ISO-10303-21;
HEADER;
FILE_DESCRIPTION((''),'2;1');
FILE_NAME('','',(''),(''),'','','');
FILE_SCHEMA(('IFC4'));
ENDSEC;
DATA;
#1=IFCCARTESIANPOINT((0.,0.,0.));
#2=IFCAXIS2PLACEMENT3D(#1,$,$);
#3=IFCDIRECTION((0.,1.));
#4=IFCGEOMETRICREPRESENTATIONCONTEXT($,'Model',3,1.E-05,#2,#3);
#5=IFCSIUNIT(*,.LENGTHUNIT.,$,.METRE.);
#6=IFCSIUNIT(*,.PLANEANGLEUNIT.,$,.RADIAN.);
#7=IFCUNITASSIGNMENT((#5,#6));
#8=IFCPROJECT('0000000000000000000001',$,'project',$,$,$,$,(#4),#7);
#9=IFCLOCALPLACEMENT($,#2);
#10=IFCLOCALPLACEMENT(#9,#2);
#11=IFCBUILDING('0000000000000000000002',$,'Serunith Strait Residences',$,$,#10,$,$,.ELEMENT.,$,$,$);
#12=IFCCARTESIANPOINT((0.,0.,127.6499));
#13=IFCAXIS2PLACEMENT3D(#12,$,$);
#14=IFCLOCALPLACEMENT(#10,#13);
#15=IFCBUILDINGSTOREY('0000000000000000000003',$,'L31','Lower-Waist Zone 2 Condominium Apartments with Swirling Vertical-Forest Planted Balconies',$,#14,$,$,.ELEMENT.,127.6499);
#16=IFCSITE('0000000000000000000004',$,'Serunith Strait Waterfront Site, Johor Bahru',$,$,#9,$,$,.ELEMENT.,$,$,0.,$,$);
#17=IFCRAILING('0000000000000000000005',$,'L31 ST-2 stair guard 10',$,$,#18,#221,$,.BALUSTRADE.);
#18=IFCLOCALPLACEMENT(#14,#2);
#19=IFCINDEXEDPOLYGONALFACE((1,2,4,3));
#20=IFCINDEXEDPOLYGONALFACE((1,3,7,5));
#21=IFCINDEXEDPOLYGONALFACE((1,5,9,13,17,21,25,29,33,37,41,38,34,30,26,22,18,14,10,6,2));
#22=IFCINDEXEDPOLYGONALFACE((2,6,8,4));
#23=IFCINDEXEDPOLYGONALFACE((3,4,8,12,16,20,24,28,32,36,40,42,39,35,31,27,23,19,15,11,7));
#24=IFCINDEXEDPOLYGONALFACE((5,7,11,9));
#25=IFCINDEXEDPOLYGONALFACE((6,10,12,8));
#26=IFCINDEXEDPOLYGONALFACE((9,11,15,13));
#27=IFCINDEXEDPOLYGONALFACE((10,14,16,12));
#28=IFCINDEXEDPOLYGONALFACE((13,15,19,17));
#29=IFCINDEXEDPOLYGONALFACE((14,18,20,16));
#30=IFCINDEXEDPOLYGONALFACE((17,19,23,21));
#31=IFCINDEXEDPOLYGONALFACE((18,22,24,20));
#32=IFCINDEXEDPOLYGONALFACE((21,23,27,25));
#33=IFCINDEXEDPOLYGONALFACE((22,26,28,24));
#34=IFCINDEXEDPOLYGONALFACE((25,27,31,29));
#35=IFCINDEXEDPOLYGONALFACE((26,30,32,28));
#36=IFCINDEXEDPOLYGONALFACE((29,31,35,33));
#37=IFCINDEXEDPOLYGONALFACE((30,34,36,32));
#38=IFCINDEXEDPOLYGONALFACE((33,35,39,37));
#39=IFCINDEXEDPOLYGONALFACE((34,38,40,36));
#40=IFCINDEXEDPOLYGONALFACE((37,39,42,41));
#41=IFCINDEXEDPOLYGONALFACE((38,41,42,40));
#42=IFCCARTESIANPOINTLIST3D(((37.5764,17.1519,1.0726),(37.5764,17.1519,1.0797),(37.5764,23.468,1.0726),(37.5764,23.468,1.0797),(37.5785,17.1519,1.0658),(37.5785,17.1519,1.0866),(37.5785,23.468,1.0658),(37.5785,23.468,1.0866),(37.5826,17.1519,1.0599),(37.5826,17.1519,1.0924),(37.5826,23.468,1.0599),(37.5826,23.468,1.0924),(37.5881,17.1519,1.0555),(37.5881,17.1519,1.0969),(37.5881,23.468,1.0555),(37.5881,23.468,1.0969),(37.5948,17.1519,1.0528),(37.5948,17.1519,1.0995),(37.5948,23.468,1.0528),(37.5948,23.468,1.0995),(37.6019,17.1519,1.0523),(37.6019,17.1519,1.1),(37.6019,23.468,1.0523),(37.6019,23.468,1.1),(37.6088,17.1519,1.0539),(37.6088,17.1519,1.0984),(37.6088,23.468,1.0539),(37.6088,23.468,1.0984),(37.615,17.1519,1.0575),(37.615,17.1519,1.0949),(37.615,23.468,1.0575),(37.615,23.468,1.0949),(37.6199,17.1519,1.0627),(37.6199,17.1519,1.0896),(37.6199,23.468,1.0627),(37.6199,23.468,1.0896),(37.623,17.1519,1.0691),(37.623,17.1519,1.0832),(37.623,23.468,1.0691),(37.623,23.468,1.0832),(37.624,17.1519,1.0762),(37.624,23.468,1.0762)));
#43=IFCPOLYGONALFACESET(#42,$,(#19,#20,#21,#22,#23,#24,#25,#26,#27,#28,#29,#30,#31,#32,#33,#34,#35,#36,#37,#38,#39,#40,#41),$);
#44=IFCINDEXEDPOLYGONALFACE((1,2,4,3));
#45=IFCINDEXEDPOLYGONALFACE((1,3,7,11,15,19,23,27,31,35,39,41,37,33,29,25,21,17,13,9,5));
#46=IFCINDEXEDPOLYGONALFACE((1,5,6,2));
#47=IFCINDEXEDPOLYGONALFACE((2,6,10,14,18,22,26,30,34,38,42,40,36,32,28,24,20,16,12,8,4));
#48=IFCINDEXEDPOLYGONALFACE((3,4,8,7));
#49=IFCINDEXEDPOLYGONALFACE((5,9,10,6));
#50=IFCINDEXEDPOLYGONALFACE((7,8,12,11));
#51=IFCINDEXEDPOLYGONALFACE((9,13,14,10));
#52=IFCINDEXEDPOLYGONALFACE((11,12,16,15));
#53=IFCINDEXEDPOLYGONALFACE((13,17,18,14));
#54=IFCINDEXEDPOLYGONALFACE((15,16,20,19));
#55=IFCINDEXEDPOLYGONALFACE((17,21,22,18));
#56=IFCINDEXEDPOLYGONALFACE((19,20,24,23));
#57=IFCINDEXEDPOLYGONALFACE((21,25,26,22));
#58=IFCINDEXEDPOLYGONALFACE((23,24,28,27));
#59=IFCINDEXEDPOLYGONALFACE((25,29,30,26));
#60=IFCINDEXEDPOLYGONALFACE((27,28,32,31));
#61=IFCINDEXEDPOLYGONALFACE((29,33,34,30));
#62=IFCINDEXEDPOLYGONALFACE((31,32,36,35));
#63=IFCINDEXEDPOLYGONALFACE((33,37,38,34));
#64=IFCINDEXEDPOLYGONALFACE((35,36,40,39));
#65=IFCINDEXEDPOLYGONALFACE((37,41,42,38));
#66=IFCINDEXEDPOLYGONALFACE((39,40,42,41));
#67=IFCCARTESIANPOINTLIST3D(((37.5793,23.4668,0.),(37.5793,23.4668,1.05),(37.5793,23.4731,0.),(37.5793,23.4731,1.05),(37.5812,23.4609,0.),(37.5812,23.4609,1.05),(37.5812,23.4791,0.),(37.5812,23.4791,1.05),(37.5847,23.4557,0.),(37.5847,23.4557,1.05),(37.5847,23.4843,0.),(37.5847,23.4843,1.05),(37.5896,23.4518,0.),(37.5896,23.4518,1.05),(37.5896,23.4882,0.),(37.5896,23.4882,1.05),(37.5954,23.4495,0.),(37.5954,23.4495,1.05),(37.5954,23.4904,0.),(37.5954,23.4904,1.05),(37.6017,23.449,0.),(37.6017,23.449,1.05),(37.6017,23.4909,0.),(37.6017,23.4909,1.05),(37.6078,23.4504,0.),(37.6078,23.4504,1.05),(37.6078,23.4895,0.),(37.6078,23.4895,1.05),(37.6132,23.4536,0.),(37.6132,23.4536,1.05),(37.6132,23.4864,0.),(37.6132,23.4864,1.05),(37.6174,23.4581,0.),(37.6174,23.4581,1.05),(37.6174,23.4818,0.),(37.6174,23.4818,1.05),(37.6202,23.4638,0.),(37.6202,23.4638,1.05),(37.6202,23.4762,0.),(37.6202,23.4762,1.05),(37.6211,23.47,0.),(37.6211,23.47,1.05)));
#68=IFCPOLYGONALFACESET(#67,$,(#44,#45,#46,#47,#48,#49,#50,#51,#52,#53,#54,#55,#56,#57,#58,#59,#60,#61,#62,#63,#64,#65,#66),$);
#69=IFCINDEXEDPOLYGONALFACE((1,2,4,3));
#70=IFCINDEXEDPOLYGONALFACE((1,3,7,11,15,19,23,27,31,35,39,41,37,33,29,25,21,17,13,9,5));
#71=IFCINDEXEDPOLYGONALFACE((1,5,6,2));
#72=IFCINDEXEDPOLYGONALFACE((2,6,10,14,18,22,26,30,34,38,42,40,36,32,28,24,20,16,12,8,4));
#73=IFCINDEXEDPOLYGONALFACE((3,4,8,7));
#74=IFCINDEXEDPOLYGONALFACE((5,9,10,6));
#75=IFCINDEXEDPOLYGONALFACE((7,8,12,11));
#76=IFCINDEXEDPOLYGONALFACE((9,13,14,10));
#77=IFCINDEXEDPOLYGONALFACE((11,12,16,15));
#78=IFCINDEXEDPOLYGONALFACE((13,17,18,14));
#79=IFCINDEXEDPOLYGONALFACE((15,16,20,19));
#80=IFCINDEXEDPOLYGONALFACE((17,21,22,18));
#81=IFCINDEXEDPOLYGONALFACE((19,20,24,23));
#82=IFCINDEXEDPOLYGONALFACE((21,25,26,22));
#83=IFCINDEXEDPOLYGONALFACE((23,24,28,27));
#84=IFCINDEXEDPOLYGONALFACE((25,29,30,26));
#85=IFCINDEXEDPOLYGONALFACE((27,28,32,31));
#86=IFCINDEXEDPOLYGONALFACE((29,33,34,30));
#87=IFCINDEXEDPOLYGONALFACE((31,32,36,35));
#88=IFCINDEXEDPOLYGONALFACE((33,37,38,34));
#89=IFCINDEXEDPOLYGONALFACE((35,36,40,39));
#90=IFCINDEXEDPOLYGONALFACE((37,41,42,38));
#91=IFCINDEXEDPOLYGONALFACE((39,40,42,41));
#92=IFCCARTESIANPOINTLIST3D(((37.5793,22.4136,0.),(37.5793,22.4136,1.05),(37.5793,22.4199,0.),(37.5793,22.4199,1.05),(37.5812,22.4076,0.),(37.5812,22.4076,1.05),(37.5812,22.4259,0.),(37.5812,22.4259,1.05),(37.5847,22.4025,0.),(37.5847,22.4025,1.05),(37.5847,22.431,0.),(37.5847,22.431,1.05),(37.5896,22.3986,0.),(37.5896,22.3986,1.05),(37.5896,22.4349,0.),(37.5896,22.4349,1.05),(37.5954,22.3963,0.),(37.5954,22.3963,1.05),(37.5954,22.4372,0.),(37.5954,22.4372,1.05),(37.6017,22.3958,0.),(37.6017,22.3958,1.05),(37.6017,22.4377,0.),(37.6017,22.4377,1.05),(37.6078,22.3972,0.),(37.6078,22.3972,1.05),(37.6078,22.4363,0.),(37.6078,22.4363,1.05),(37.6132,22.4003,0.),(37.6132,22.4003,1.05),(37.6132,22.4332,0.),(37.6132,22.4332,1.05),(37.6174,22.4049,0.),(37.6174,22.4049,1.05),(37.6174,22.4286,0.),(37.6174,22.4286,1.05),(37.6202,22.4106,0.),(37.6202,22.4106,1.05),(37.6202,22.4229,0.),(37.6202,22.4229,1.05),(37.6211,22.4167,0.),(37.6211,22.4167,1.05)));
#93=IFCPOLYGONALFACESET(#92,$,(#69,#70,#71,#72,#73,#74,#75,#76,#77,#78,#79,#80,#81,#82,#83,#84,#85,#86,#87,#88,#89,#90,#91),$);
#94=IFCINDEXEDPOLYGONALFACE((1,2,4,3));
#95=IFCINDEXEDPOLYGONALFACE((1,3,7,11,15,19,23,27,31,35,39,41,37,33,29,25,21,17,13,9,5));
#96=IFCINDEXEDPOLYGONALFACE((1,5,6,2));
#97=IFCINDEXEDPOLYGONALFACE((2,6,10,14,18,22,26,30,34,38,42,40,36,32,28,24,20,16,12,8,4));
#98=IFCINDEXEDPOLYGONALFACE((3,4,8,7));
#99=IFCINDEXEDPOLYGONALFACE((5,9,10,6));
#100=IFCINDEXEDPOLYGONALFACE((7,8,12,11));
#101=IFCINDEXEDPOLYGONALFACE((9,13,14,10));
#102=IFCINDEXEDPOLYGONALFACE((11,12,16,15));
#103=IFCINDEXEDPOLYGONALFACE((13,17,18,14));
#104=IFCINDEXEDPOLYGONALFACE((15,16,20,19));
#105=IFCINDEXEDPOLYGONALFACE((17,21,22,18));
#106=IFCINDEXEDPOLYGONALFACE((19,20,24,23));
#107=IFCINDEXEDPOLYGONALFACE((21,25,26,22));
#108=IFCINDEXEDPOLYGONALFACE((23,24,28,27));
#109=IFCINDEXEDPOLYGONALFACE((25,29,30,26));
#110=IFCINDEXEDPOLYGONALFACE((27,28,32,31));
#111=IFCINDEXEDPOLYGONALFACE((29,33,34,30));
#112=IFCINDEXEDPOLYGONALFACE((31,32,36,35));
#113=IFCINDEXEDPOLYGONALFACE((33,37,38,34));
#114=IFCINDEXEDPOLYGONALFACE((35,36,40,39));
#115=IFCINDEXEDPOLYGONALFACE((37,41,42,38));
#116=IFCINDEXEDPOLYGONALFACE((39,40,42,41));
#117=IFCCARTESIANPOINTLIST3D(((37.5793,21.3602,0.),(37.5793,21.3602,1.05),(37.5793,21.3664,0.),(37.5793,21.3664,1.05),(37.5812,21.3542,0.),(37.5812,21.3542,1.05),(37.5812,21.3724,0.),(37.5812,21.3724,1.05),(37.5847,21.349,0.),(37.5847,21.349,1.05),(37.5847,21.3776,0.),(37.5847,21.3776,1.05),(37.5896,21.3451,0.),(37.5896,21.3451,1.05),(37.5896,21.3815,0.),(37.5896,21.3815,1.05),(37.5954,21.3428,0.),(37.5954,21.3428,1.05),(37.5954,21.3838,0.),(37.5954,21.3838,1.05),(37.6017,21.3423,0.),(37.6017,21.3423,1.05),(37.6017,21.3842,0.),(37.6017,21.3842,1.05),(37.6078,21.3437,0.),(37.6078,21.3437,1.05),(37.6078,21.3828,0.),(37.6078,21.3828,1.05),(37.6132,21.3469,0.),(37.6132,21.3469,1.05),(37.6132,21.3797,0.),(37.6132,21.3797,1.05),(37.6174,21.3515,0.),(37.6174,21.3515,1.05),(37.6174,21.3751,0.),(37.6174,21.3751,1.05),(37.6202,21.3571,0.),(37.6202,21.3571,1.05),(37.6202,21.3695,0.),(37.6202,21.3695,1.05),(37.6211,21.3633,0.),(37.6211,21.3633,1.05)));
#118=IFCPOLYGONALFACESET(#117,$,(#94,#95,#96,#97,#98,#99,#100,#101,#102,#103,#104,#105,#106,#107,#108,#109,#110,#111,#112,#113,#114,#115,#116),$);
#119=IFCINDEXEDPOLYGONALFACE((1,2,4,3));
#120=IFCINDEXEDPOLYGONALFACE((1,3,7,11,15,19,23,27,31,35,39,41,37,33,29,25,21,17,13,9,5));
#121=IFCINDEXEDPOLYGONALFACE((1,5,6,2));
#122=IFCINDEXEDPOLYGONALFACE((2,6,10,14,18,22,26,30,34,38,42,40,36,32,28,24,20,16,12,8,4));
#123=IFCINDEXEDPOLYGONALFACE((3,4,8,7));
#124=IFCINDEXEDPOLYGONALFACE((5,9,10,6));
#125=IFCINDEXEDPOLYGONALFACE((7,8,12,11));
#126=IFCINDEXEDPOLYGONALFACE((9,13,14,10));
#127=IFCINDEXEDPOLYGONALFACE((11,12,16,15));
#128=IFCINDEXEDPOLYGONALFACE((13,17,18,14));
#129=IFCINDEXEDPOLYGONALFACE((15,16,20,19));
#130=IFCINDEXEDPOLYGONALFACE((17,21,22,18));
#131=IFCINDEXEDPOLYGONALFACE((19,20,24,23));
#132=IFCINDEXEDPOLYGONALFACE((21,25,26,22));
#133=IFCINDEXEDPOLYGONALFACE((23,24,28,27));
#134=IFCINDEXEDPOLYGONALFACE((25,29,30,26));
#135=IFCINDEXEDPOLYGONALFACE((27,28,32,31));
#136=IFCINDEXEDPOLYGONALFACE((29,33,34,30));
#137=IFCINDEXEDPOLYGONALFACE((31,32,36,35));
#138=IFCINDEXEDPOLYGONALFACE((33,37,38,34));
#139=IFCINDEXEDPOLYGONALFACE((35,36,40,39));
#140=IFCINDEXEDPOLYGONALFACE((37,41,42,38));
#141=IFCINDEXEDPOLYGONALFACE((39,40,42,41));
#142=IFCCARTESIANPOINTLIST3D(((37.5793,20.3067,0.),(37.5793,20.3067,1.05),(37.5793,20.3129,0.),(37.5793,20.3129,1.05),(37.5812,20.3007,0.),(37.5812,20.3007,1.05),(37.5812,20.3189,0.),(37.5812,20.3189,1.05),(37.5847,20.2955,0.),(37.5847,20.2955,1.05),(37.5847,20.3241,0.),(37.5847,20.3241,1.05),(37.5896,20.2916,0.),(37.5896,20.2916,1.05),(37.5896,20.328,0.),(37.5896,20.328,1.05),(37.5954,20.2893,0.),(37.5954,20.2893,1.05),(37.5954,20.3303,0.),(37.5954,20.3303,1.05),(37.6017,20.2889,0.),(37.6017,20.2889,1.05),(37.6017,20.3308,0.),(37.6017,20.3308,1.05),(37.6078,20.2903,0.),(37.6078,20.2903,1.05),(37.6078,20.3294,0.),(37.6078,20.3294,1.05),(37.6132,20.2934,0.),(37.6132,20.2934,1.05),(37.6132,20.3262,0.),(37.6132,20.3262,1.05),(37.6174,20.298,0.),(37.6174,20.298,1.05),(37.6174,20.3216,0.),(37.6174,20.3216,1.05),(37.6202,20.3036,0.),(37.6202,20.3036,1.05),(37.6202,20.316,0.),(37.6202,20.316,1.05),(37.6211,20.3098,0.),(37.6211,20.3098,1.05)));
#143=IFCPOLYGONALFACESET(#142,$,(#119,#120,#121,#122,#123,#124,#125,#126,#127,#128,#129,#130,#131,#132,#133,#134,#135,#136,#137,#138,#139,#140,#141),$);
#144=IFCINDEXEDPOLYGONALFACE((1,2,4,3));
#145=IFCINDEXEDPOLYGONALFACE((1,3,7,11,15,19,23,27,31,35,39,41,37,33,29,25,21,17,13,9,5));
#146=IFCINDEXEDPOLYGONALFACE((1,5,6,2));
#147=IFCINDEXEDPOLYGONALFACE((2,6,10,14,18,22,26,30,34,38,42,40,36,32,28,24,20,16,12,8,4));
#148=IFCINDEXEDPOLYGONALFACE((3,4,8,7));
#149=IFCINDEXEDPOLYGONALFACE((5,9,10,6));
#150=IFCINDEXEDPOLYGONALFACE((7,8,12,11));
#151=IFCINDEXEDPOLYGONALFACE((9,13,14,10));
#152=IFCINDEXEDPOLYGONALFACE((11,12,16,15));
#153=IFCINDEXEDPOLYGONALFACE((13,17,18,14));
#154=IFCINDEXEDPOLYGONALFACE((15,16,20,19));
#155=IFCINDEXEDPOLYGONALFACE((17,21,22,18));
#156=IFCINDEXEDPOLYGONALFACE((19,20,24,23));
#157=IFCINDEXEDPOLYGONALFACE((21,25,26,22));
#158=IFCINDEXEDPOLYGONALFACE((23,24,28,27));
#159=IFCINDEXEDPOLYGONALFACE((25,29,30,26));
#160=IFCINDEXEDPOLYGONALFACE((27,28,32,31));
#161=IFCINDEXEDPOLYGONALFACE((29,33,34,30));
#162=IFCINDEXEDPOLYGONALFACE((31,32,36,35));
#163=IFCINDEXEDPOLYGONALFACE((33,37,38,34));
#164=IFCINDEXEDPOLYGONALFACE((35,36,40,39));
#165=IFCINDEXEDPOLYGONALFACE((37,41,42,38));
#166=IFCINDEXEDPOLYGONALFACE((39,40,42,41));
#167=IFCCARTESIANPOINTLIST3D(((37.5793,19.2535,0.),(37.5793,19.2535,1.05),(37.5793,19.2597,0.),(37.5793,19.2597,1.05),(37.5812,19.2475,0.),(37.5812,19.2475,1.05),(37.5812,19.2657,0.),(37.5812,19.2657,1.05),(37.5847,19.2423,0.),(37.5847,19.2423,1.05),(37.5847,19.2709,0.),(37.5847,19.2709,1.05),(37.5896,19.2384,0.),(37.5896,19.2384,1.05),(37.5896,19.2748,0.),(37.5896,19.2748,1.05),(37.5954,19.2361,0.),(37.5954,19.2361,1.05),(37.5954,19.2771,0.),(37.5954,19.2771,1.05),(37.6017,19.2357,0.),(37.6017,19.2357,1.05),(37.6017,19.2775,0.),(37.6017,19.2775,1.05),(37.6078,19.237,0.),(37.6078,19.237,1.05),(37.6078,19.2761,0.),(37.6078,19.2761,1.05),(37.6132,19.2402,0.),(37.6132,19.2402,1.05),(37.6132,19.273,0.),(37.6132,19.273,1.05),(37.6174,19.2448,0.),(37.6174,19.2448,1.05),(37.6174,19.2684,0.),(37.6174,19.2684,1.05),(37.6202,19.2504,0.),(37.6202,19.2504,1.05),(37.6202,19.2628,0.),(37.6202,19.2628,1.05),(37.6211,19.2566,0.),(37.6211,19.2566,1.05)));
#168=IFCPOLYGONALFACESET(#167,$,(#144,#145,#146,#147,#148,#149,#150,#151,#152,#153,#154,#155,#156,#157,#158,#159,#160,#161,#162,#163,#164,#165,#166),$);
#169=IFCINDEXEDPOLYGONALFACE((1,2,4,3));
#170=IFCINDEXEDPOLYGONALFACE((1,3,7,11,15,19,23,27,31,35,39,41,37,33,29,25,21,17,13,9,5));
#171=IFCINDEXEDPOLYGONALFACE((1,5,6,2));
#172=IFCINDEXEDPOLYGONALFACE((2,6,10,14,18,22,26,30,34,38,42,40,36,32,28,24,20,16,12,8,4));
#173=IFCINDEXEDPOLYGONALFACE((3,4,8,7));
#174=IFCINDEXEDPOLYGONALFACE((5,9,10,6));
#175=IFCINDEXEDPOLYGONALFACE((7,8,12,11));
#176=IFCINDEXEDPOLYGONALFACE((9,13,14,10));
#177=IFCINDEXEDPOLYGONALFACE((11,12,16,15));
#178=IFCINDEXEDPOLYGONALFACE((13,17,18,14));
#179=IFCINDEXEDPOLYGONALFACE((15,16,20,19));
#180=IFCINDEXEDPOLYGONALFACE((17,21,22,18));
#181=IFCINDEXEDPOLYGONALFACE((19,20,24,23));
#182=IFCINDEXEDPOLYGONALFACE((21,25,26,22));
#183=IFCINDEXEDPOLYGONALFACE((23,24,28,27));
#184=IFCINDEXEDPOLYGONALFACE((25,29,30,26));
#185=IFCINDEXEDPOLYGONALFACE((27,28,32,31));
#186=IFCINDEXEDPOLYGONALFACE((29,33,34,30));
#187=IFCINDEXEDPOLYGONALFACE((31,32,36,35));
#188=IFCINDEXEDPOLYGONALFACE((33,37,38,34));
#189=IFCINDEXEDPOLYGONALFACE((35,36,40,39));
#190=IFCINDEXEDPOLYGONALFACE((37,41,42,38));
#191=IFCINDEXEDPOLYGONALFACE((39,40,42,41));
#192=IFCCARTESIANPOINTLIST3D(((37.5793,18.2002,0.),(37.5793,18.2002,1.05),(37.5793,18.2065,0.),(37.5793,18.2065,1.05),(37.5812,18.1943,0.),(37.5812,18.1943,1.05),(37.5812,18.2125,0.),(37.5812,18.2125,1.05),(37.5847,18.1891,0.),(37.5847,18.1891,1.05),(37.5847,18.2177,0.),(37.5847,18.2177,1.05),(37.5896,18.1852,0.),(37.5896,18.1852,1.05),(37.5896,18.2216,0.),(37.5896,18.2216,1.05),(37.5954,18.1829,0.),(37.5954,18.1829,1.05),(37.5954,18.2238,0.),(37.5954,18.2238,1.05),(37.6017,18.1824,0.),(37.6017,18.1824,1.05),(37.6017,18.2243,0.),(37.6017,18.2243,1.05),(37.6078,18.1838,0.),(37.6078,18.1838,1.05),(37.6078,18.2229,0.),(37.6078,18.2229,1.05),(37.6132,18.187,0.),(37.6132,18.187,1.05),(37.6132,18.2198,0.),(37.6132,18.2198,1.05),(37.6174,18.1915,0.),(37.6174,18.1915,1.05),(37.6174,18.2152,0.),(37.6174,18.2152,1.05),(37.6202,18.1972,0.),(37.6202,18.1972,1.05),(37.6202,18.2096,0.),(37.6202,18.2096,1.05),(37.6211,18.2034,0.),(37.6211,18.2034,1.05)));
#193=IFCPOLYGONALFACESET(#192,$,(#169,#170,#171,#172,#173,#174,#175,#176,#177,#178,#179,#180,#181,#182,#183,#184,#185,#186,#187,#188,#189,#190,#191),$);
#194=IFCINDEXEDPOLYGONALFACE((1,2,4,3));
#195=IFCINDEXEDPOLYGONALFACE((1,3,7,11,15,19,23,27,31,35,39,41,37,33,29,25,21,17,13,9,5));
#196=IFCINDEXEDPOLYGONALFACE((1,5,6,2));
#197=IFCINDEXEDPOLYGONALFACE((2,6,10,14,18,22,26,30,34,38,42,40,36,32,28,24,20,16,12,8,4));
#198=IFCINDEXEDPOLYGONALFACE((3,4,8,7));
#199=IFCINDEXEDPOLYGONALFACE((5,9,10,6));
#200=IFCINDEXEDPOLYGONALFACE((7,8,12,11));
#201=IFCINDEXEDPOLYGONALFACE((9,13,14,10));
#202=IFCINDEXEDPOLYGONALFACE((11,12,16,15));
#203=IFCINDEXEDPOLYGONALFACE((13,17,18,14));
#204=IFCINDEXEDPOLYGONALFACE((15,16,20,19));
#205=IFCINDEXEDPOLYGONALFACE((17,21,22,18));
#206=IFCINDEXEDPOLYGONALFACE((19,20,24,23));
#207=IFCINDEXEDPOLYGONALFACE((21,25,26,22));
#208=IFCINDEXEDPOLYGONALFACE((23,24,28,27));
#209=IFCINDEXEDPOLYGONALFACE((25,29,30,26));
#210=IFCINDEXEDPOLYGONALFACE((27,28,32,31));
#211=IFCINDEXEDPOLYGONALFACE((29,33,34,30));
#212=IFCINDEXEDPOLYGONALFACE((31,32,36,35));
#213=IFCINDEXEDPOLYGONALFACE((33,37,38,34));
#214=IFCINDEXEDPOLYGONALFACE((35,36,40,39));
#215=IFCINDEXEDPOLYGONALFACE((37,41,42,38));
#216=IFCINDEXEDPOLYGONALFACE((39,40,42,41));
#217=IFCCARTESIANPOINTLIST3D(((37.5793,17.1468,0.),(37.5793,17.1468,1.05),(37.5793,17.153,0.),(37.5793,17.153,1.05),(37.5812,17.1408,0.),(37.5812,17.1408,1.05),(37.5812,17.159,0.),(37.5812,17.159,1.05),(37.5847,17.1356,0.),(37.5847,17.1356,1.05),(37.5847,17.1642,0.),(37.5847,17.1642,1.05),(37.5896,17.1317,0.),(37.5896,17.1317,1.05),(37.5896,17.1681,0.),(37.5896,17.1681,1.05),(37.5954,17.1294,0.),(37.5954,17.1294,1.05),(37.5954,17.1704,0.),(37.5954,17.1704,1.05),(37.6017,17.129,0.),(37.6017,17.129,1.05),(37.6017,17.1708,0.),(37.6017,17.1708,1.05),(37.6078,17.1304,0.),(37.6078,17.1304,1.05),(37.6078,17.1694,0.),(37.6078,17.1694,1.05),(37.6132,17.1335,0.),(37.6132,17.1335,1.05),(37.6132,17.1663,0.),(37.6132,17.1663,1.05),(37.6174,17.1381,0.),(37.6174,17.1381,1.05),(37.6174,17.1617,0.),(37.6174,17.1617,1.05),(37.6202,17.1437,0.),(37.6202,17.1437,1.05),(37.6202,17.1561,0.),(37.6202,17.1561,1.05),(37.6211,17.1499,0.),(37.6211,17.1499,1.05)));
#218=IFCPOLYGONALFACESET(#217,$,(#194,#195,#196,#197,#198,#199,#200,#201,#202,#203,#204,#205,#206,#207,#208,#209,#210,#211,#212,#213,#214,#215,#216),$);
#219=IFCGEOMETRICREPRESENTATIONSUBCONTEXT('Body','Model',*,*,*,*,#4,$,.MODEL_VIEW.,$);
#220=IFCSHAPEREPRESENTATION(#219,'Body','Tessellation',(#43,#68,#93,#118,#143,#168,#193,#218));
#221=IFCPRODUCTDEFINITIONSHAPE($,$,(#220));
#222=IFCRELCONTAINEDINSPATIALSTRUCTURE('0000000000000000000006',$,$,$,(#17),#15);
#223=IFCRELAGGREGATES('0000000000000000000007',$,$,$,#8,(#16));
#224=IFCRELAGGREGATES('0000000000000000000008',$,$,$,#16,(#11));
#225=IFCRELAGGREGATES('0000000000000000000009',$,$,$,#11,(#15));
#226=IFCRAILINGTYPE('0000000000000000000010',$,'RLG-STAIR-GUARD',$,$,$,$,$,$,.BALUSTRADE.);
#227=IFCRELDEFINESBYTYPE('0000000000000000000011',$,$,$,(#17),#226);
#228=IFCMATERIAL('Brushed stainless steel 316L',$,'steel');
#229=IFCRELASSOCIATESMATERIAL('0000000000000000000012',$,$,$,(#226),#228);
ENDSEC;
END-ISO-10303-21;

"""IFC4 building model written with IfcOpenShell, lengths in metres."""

from ifc_helpers import new_model, si_unit, direction, frame, origin, origin_2d, place, context, subcontext, project, spatial, circle, extrude, material, type_object, element, save


model = new_model("IFC4")

# Units and contexts
model_context = context("Model", 3, precision=1e-05, world=origin(), true_north=direction((0.0, 1.0)))
body_context = subcontext(model_context, "Body", "Model", "MODEL_VIEW")
ifc_project = project(units=[si_unit("LENGTHUNIT", "METRE"), si_unit("PLANEANGLEUNIT", "RADIAN")], contexts=[model_context])

# Site, building, storey
site_placement = place(None, origin())
site = spatial("IfcSite", under=ifc_project, at=site_placement, Name="Serunith Strait Waterfront Site, Johor Bahru", CompositionType="ELEMENT", RefElevation=0.0)
building_placement = place(site_placement, origin())
building = spatial("IfcBuilding", under=site, at=building_placement, Name="Serunith Strait Residences", CompositionType="ELEMENT")
storey_placement = place(building_placement, frame((0.0, 0.0, 127.6499)))
storey = spatial("IfcBuildingStorey", under=building, at=storey_placement, Name="L31", Description="Lower-Waist Zone 2 Condominium Apartments with Swirling Vertical-Forest Planted Balconies", CompositionType="ELEMENT", Elevation=127.6499)

# Railing
ifc_material_1 = material(Name="Brushed stainless steel 316L", Category="steel")
railing_type_1 = type_object("IfcRailingType", Name="RLG-STAIR-GUARD", PredefinedType="BALUSTRADE", material=ifc_material_1)
railing_1_placement = place(storey_placement, frame((37.6001, 23.47, 0.0)))
element("IfcRailing", 1, at=railing_1_placement, inside=storey, type_object=railing_type_1, Name="L31 ST-2 stair guard 10", PredefinedType="BALUSTRADE", context=body_context, shape_type="SweptSolid", body=[
    extrude(circle(Radius=0.0239, at=origin_2d()), frame((0.0, -0.002, 1.0762), z_axis=(0.0, -1.0, 0.0), x_axis=(1.0, 0.0, 0.0)), (0.0, 0.0, 1.0), 6.3162),
    extrude(circle(Radius=0.021, at=origin_2d()), origin(), (0.0, 0.0, 1.0), 1.05),
    extrude(circle(Radius=0.021, at=origin_2d()), frame((0.0, -1.0532, 0.0)), (0.0, 0.0, 1.0), 1.05),
    extrude(circle(Radius=0.021, at=origin_2d()), frame((0.0, -2.1067, 0.0)), (0.0, 0.0, 1.0), 1.05),
    extrude(circle(Radius=0.021, at=origin_2d()), frame((0.0, -3.1602, 0.0)), (0.0, 0.0, 1.0), 1.05),
    extrude(circle(Radius=0.021, at=origin_2d()), frame((0.0, -4.2134, 0.0)), (0.0, 0.0, 1.0), 1.05),
    extrude(circle(Radius=0.021, at=origin_2d()), frame((0.0, -5.2666, 0.0)), (0.0, 0.0, 1.0), 1.05),
    extrude(circle(Radius=0.021, at=origin_2d()), frame((0.0, -6.3201, 0.0)), (0.0, 0.0, 1.0), 1.05),
])

save(model, "model.ifc")
